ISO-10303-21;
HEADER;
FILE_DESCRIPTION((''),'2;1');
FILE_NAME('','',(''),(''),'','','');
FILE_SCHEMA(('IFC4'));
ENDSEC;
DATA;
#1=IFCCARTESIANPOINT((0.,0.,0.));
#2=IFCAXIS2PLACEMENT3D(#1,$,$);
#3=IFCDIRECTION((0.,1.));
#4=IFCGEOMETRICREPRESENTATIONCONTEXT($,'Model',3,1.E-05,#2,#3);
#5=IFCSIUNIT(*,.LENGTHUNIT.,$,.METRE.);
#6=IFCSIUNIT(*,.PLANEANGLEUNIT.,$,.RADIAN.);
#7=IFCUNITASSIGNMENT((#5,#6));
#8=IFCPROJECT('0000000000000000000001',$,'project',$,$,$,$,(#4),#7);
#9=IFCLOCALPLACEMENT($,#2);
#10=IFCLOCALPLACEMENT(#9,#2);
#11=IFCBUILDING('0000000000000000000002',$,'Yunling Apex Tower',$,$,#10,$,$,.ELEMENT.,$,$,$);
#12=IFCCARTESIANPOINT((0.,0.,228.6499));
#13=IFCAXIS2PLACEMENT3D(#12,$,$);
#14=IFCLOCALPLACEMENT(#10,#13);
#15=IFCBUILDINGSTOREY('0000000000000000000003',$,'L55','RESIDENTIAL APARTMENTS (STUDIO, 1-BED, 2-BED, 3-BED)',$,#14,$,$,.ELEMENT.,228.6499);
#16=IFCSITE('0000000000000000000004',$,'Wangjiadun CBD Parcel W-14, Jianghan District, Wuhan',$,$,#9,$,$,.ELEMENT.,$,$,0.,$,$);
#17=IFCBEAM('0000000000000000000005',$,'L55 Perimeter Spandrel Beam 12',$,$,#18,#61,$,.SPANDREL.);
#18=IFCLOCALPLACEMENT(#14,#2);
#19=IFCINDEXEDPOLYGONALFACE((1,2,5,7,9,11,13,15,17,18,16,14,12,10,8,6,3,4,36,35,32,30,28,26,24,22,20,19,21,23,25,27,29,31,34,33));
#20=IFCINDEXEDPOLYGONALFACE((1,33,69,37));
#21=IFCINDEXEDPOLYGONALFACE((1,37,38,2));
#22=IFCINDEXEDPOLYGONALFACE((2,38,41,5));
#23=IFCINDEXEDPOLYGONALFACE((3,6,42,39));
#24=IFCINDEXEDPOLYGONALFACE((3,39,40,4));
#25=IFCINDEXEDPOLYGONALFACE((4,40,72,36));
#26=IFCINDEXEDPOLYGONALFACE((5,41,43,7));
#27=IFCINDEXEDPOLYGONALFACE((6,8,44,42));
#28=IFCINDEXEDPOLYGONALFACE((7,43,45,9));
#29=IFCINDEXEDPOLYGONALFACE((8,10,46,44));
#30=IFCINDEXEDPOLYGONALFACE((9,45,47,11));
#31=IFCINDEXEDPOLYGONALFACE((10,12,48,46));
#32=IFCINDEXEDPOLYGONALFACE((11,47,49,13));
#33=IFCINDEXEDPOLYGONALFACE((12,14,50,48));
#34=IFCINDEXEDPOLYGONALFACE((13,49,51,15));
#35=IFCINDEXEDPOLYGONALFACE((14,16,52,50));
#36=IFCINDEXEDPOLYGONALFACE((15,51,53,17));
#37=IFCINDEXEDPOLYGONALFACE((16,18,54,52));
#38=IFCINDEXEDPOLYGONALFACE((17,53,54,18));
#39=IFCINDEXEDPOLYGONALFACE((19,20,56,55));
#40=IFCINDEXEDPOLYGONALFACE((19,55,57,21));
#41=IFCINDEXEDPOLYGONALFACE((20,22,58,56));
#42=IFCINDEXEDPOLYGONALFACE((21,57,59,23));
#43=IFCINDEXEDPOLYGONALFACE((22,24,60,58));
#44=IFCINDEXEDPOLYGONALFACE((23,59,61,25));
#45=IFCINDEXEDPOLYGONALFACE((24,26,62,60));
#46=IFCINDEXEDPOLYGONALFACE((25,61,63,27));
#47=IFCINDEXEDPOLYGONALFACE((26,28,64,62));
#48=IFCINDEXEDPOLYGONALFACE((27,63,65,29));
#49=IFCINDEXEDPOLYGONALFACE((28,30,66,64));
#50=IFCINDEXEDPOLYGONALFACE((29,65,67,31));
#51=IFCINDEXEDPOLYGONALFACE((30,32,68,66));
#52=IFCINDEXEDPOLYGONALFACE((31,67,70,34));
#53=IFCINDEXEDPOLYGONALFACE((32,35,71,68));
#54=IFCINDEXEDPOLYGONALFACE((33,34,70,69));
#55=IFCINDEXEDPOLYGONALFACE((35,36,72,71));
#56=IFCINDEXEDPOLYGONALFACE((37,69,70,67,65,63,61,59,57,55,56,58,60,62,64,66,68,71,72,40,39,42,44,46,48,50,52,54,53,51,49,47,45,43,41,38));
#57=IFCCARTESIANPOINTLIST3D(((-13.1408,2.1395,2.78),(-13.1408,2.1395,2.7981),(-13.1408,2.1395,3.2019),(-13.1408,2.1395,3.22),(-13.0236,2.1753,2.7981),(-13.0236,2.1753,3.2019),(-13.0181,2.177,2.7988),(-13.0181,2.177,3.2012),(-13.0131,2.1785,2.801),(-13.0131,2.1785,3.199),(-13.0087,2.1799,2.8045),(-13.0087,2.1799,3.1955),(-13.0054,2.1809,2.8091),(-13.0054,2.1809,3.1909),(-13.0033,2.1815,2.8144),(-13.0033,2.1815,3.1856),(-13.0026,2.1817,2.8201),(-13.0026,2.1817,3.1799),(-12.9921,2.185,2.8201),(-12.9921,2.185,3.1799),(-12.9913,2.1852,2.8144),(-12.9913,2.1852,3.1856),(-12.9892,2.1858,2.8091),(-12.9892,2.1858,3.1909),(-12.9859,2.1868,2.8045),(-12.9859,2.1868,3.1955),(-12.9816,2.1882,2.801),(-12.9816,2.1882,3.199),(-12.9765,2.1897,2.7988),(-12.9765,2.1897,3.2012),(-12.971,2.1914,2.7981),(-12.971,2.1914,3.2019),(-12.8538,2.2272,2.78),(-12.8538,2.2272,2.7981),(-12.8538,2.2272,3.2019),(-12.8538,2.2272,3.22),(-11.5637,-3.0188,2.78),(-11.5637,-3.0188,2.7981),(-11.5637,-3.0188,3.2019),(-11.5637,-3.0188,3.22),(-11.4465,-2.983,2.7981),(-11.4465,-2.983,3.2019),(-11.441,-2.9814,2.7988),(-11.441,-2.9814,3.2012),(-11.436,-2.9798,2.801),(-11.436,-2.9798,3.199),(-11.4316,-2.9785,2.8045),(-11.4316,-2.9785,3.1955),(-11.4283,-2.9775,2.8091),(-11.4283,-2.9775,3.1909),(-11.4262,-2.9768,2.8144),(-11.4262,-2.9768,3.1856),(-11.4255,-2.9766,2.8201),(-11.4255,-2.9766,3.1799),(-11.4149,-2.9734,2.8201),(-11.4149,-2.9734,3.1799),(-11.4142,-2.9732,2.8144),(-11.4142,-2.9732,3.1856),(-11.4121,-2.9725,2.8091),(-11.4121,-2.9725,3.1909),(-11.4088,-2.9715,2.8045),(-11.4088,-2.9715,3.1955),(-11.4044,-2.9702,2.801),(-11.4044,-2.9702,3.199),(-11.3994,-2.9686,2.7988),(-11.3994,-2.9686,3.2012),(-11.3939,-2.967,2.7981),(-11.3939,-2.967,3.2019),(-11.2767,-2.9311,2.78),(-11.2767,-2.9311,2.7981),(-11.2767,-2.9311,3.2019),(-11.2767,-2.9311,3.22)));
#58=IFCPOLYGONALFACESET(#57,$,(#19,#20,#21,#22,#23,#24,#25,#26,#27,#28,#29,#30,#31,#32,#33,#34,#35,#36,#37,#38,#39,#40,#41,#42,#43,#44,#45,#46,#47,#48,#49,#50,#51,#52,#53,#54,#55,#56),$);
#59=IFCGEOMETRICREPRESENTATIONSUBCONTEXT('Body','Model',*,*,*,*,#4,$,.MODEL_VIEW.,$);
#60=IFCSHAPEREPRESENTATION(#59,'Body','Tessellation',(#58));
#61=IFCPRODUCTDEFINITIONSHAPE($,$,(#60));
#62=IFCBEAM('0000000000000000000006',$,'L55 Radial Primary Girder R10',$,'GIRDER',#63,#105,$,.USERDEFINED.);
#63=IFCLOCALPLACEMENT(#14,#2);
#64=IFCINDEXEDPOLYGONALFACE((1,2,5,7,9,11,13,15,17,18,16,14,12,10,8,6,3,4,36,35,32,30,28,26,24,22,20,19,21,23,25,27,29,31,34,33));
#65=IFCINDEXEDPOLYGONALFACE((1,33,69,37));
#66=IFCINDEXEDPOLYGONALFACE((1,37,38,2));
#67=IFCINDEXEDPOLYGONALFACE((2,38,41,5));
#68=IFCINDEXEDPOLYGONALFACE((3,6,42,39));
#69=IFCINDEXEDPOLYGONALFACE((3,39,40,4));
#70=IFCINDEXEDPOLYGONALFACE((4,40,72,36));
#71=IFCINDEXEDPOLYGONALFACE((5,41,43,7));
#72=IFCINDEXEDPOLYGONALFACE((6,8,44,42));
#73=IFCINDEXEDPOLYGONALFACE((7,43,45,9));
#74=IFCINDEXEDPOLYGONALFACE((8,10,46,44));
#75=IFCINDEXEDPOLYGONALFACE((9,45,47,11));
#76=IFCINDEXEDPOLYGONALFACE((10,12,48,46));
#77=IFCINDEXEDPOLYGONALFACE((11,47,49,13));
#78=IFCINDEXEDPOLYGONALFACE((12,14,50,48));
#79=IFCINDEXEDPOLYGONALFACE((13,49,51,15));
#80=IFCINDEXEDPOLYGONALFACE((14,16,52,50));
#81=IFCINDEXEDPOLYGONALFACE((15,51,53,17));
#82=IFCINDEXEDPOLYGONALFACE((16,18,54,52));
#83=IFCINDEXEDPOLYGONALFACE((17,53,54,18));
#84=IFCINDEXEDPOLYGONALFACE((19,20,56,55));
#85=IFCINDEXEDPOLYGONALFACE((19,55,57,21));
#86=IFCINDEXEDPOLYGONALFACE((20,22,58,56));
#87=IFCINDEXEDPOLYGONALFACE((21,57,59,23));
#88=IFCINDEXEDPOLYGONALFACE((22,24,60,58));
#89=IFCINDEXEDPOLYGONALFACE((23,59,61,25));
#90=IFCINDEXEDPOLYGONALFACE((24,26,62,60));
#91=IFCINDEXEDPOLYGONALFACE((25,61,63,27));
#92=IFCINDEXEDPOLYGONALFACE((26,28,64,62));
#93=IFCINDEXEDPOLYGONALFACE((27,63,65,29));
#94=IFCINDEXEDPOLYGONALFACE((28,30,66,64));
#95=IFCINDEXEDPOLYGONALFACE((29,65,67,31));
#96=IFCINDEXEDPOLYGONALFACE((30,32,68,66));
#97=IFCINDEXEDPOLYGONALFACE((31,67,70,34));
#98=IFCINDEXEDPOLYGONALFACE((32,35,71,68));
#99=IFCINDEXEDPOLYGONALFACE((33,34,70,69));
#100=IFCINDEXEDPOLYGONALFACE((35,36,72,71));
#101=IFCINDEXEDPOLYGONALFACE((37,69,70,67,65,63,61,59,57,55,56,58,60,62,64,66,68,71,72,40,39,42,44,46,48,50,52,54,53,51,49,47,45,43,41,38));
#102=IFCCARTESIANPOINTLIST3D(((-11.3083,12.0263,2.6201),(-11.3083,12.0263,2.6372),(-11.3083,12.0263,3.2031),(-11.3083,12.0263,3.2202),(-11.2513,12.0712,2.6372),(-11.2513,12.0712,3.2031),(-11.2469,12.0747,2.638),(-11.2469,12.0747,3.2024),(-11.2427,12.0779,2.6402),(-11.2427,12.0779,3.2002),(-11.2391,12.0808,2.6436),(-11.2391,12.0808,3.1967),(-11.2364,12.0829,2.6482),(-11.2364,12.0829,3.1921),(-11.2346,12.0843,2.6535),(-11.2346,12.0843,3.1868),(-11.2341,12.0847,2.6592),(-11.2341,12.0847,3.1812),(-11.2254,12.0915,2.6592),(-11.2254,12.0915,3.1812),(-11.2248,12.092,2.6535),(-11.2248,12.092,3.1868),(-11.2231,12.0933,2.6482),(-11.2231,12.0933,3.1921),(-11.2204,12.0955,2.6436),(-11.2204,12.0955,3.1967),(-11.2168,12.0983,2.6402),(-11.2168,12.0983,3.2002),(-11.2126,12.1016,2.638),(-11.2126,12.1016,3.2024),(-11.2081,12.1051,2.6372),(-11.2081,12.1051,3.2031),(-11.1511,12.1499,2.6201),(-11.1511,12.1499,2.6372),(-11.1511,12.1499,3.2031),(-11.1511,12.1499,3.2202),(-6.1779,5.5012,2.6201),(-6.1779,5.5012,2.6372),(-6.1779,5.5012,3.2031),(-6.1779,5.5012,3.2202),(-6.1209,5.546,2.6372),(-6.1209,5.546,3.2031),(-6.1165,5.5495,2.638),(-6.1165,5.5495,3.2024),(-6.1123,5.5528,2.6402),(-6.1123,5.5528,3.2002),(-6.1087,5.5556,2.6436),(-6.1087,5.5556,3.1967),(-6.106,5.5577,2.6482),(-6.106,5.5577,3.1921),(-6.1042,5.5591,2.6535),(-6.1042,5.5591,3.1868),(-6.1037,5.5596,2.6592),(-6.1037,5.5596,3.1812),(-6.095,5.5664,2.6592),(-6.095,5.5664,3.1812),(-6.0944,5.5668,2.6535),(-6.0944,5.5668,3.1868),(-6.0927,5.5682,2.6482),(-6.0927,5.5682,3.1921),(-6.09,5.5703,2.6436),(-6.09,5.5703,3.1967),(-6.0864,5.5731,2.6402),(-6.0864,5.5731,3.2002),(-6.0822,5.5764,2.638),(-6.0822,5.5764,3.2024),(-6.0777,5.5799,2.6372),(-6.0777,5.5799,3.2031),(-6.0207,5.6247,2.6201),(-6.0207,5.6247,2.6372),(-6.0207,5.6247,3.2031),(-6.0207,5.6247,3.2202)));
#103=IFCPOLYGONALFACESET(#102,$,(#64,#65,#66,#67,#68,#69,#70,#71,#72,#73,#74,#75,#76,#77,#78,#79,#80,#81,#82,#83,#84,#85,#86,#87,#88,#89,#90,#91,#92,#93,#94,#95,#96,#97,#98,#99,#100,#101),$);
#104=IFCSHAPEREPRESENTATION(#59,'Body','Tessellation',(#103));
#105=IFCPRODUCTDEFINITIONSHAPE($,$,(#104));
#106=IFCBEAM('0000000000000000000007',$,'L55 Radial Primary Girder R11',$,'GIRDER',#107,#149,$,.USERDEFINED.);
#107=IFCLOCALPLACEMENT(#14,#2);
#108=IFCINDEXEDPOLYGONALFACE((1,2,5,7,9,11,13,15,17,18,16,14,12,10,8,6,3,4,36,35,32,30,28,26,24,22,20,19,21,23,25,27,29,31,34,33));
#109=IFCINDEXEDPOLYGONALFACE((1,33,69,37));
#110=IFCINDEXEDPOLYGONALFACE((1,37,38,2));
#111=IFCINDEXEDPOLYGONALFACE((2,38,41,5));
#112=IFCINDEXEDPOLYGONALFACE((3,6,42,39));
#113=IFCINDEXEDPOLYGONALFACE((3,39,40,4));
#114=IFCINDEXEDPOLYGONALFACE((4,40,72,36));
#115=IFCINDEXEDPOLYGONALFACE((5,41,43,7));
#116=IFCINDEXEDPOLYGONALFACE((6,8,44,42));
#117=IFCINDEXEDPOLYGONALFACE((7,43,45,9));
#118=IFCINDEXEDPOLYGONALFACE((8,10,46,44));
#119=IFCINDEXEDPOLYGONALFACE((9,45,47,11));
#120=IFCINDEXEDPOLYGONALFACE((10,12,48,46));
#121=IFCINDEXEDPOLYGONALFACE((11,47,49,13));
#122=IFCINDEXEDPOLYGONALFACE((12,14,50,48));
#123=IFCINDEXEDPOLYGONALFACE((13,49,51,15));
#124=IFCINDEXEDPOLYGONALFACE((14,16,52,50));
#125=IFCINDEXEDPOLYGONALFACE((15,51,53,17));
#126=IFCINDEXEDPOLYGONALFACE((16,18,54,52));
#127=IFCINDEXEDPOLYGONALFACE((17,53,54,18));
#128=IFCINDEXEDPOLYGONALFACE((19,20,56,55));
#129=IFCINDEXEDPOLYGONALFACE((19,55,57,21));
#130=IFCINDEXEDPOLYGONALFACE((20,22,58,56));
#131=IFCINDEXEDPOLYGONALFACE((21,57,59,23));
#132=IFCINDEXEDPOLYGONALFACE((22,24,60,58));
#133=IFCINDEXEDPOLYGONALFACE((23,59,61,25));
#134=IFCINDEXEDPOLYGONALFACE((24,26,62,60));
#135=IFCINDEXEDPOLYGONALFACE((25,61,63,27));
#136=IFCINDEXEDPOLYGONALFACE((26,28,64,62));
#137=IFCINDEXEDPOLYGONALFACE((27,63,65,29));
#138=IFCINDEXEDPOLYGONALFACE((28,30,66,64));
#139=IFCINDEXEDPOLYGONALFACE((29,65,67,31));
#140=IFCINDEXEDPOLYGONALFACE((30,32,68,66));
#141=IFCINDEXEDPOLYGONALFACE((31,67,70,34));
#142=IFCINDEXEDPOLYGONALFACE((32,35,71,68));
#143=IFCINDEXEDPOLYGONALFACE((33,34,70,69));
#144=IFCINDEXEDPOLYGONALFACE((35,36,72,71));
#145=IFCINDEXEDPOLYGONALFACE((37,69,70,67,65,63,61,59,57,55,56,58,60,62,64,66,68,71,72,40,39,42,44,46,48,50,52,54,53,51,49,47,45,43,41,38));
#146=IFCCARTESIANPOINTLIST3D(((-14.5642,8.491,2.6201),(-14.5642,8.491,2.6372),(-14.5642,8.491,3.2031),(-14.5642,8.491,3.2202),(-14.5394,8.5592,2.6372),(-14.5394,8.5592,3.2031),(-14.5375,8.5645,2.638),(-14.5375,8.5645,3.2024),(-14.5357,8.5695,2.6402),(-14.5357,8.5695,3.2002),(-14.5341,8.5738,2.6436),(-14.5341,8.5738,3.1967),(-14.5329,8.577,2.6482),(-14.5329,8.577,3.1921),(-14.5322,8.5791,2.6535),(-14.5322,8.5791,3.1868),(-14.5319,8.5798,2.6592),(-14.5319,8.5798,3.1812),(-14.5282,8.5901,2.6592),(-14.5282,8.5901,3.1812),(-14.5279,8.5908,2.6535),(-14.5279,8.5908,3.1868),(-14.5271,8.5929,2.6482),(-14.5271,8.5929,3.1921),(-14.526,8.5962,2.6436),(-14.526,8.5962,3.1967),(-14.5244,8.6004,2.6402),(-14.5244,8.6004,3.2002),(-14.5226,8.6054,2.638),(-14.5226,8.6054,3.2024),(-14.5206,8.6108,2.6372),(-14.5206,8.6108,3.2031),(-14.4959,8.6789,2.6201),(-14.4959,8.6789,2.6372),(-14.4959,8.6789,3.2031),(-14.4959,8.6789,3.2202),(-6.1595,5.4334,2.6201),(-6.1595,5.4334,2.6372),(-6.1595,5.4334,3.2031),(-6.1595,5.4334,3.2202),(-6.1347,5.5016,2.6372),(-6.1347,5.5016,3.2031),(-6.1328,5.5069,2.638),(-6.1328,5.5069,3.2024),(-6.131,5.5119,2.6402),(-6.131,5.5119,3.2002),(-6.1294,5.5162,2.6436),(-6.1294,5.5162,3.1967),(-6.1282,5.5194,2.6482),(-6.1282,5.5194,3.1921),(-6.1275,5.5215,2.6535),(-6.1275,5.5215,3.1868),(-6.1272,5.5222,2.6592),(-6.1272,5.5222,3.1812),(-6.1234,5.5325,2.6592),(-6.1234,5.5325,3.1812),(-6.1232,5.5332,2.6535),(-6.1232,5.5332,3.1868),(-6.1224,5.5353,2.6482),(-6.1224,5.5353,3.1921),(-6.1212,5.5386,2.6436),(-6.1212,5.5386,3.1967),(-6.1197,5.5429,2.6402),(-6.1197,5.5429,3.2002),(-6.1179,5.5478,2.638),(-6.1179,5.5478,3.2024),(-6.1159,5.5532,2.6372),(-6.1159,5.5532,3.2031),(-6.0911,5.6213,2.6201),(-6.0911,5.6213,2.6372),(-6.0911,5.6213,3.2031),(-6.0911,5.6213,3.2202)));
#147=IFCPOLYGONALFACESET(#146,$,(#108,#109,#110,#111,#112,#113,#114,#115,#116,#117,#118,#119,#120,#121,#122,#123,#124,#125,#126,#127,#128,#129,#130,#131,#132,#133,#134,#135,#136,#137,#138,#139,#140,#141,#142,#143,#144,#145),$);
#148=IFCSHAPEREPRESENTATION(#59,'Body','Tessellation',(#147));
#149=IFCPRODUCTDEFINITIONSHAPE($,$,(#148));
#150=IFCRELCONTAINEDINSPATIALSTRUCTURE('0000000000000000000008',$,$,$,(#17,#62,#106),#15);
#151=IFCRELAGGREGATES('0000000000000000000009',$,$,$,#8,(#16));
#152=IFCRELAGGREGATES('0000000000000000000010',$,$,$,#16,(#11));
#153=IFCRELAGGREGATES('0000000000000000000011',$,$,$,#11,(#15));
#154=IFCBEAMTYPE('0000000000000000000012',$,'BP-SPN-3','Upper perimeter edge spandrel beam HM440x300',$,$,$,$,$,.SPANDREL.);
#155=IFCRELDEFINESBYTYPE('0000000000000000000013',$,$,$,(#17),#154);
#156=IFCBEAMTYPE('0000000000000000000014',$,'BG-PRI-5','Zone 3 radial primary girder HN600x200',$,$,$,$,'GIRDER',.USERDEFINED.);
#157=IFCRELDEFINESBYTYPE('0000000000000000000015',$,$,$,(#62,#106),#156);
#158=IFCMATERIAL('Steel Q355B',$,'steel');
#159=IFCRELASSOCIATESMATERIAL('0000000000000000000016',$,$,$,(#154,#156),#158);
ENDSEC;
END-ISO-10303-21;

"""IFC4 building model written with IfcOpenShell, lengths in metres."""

from ifc_helpers import new_model, si_unit, direction, frame, origin, origin_2d, place, context, subcontext, project, spatial, i_section, extrude, source, transform, mapped, material, material_profile, profile_set, type_object, element, save


model = new_model("IFC4")

# Units and contexts
model_context = context("Model", 3, precision=1e-05, world=origin(), true_north=direction((0.0, 1.0)))
body_context = subcontext(model_context, "Body", "Model", "MODEL_VIEW")
ifc_project = project(units=[si_unit("LENGTHUNIT", "METRE"), si_unit("PLANEANGLEUNIT", "RADIAN")], contexts=[model_context])

# Site, building, storey
site_placement = place(None, origin())
site = spatial("IfcSite", under=ifc_project, at=site_placement, Name="Wangjiadun CBD Parcel W-14, Jianghan District, Wuhan", CompositionType="ELEMENT", RefElevation=0.0)
building_placement = place(site_placement, origin())
building = spatial("IfcBuilding", under=site, at=building_placement, Name="Yunling Apex Tower", CompositionType="ELEMENT")
storey_placement = place(building_placement, frame((0.0, 0.0, 228.6499)))
storey = spatial("IfcBuildingStorey", under=building, at=storey_placement, Name="L55", Description="RESIDENTIAL APARTMENTS (STUDIO, 1-BED, 2-BED, 3-BED)", CompositionType="ELEMENT", Elevation=228.6499)

# Beams
ifc_material_1 = material(Name="Steel Q355B", Category="steel")
ifc_material_profile_1 = material_profile(ifc_material_1, i_section(OverallWidth=0.3, OverallDepth=0.4399, WebThickness=0.011, FlangeThickness=0.0181, FilletRadius=0.022, at=origin_2d()))
ifc_profile_set_1 = profile_set([ifc_material_profile_1], Name="Steel Q355B")
beam_type_1 = type_object("IfcBeamType", Name="BP-SPN-3", Description="Upper perimeter edge spandrel beam HM440x300", PredefinedType="SPANDREL", material=ifc_profile_set_1)
shared_shape_1 = source(origin(), body_context, "Body", "SweptSolid", [
    extrude(i_section(OverallWidth=0.3, OverallDepth=0.4399, WebThickness=0.011, FlangeThickness=0.0181, FilletRadius=0.022, at=origin_2d()), origin(), (0.0, 0.0, 1.0), 5.394),
])
for number, where, z_axis, x_axis, name in (
    (1, (-12.9973, 2.1833, 3.0), (0.292381, -0.956302, 0.0), (0.956302, 0.292381, 0.0), "L55 Perimeter Spandrel Beam 12"),
):
    element("IfcBeam", number, at=place(storey_placement, frame(where, z_axis=z_axis, x_axis=x_axis)), inside=storey, type_object=beam_type_1, Name=name, PredefinedType="SPANDREL", context=body_context, shape_type="MappedRepresentation", body=[
        mapped(shared_shape_1, transform((0.0, 0.0, 0.0), scale=1.0)),
    ])
ifc_material_profile_2 = material_profile(ifc_material_1, i_section(OverallWidth=0.2, OverallDepth=0.6001, WebThickness=0.011, FlangeThickness=0.0171, FilletRadius=0.022, at=origin_2d()))
ifc_profile_set_2 = profile_set([ifc_material_profile_2], Name="Steel Q355B")
beam_type_2 = type_object("IfcBeamType", Name="BG-PRI-5", Description="Zone 3 radial primary girder HN600x200", ElementType="GIRDER", PredefinedType="USERDEFINED", material=ifc_profile_set_2)
shared_shape_2 = source(origin(), body_context, "Body", "SweptSolid", [
    extrude(i_section(OverallWidth=0.2, OverallDepth=0.6001, WebThickness=0.011, FlangeThickness=0.0171, FilletRadius=0.022, at=origin_2d()), origin(), (0.0, 0.0, 1.0), 8.3005),
])
beam_1_placement = place(storey_placement, frame((-11.2297, 12.0881, 2.9202), z_axis=(0.61808, -0.786115, 0.0), x_axis=(0.786115, 0.61808, 0.0)))
element("IfcBeam", 2, at=beam_1_placement, inside=storey, type_object=beam_type_2, Name="L55 Radial Primary Girder R10", ObjectType="GIRDER", PredefinedType="USERDEFINED", context=body_context, shape_type="MappedRepresentation", body=[
    mapped(shared_shape_2, transform((0.0, 0.0, 0.0), scale=1.0)),
])
shared_shape_3 = source(origin(), body_context, "Body", "SweptSolid", [
    extrude(i_section(OverallWidth=0.2, OverallDepth=0.6001, WebThickness=0.011, FlangeThickness=0.0171, FilletRadius=0.022, at=origin_2d()), origin(), (0.0, 0.0, 1.0), 8.9436),
])
beam_2_placement = place(storey_placement, frame((-14.53, 8.585, 2.9202), z_axis=(0.939746, -0.341875, 0.0), x_axis=(0.341875, 0.939746, 0.0)))
element("IfcBeam", 3, at=beam_2_placement, inside=storey, type_object=beam_type_2, Name="L55 Radial Primary Girder R11", ObjectType="GIRDER", PredefinedType="USERDEFINED", context=body_context, shape_type="MappedRepresentation", body=[
    mapped(shared_shape_3, transform((0.0, 0.0, 0.0), scale=1.0)),
])

save(model, "model.ifc")
